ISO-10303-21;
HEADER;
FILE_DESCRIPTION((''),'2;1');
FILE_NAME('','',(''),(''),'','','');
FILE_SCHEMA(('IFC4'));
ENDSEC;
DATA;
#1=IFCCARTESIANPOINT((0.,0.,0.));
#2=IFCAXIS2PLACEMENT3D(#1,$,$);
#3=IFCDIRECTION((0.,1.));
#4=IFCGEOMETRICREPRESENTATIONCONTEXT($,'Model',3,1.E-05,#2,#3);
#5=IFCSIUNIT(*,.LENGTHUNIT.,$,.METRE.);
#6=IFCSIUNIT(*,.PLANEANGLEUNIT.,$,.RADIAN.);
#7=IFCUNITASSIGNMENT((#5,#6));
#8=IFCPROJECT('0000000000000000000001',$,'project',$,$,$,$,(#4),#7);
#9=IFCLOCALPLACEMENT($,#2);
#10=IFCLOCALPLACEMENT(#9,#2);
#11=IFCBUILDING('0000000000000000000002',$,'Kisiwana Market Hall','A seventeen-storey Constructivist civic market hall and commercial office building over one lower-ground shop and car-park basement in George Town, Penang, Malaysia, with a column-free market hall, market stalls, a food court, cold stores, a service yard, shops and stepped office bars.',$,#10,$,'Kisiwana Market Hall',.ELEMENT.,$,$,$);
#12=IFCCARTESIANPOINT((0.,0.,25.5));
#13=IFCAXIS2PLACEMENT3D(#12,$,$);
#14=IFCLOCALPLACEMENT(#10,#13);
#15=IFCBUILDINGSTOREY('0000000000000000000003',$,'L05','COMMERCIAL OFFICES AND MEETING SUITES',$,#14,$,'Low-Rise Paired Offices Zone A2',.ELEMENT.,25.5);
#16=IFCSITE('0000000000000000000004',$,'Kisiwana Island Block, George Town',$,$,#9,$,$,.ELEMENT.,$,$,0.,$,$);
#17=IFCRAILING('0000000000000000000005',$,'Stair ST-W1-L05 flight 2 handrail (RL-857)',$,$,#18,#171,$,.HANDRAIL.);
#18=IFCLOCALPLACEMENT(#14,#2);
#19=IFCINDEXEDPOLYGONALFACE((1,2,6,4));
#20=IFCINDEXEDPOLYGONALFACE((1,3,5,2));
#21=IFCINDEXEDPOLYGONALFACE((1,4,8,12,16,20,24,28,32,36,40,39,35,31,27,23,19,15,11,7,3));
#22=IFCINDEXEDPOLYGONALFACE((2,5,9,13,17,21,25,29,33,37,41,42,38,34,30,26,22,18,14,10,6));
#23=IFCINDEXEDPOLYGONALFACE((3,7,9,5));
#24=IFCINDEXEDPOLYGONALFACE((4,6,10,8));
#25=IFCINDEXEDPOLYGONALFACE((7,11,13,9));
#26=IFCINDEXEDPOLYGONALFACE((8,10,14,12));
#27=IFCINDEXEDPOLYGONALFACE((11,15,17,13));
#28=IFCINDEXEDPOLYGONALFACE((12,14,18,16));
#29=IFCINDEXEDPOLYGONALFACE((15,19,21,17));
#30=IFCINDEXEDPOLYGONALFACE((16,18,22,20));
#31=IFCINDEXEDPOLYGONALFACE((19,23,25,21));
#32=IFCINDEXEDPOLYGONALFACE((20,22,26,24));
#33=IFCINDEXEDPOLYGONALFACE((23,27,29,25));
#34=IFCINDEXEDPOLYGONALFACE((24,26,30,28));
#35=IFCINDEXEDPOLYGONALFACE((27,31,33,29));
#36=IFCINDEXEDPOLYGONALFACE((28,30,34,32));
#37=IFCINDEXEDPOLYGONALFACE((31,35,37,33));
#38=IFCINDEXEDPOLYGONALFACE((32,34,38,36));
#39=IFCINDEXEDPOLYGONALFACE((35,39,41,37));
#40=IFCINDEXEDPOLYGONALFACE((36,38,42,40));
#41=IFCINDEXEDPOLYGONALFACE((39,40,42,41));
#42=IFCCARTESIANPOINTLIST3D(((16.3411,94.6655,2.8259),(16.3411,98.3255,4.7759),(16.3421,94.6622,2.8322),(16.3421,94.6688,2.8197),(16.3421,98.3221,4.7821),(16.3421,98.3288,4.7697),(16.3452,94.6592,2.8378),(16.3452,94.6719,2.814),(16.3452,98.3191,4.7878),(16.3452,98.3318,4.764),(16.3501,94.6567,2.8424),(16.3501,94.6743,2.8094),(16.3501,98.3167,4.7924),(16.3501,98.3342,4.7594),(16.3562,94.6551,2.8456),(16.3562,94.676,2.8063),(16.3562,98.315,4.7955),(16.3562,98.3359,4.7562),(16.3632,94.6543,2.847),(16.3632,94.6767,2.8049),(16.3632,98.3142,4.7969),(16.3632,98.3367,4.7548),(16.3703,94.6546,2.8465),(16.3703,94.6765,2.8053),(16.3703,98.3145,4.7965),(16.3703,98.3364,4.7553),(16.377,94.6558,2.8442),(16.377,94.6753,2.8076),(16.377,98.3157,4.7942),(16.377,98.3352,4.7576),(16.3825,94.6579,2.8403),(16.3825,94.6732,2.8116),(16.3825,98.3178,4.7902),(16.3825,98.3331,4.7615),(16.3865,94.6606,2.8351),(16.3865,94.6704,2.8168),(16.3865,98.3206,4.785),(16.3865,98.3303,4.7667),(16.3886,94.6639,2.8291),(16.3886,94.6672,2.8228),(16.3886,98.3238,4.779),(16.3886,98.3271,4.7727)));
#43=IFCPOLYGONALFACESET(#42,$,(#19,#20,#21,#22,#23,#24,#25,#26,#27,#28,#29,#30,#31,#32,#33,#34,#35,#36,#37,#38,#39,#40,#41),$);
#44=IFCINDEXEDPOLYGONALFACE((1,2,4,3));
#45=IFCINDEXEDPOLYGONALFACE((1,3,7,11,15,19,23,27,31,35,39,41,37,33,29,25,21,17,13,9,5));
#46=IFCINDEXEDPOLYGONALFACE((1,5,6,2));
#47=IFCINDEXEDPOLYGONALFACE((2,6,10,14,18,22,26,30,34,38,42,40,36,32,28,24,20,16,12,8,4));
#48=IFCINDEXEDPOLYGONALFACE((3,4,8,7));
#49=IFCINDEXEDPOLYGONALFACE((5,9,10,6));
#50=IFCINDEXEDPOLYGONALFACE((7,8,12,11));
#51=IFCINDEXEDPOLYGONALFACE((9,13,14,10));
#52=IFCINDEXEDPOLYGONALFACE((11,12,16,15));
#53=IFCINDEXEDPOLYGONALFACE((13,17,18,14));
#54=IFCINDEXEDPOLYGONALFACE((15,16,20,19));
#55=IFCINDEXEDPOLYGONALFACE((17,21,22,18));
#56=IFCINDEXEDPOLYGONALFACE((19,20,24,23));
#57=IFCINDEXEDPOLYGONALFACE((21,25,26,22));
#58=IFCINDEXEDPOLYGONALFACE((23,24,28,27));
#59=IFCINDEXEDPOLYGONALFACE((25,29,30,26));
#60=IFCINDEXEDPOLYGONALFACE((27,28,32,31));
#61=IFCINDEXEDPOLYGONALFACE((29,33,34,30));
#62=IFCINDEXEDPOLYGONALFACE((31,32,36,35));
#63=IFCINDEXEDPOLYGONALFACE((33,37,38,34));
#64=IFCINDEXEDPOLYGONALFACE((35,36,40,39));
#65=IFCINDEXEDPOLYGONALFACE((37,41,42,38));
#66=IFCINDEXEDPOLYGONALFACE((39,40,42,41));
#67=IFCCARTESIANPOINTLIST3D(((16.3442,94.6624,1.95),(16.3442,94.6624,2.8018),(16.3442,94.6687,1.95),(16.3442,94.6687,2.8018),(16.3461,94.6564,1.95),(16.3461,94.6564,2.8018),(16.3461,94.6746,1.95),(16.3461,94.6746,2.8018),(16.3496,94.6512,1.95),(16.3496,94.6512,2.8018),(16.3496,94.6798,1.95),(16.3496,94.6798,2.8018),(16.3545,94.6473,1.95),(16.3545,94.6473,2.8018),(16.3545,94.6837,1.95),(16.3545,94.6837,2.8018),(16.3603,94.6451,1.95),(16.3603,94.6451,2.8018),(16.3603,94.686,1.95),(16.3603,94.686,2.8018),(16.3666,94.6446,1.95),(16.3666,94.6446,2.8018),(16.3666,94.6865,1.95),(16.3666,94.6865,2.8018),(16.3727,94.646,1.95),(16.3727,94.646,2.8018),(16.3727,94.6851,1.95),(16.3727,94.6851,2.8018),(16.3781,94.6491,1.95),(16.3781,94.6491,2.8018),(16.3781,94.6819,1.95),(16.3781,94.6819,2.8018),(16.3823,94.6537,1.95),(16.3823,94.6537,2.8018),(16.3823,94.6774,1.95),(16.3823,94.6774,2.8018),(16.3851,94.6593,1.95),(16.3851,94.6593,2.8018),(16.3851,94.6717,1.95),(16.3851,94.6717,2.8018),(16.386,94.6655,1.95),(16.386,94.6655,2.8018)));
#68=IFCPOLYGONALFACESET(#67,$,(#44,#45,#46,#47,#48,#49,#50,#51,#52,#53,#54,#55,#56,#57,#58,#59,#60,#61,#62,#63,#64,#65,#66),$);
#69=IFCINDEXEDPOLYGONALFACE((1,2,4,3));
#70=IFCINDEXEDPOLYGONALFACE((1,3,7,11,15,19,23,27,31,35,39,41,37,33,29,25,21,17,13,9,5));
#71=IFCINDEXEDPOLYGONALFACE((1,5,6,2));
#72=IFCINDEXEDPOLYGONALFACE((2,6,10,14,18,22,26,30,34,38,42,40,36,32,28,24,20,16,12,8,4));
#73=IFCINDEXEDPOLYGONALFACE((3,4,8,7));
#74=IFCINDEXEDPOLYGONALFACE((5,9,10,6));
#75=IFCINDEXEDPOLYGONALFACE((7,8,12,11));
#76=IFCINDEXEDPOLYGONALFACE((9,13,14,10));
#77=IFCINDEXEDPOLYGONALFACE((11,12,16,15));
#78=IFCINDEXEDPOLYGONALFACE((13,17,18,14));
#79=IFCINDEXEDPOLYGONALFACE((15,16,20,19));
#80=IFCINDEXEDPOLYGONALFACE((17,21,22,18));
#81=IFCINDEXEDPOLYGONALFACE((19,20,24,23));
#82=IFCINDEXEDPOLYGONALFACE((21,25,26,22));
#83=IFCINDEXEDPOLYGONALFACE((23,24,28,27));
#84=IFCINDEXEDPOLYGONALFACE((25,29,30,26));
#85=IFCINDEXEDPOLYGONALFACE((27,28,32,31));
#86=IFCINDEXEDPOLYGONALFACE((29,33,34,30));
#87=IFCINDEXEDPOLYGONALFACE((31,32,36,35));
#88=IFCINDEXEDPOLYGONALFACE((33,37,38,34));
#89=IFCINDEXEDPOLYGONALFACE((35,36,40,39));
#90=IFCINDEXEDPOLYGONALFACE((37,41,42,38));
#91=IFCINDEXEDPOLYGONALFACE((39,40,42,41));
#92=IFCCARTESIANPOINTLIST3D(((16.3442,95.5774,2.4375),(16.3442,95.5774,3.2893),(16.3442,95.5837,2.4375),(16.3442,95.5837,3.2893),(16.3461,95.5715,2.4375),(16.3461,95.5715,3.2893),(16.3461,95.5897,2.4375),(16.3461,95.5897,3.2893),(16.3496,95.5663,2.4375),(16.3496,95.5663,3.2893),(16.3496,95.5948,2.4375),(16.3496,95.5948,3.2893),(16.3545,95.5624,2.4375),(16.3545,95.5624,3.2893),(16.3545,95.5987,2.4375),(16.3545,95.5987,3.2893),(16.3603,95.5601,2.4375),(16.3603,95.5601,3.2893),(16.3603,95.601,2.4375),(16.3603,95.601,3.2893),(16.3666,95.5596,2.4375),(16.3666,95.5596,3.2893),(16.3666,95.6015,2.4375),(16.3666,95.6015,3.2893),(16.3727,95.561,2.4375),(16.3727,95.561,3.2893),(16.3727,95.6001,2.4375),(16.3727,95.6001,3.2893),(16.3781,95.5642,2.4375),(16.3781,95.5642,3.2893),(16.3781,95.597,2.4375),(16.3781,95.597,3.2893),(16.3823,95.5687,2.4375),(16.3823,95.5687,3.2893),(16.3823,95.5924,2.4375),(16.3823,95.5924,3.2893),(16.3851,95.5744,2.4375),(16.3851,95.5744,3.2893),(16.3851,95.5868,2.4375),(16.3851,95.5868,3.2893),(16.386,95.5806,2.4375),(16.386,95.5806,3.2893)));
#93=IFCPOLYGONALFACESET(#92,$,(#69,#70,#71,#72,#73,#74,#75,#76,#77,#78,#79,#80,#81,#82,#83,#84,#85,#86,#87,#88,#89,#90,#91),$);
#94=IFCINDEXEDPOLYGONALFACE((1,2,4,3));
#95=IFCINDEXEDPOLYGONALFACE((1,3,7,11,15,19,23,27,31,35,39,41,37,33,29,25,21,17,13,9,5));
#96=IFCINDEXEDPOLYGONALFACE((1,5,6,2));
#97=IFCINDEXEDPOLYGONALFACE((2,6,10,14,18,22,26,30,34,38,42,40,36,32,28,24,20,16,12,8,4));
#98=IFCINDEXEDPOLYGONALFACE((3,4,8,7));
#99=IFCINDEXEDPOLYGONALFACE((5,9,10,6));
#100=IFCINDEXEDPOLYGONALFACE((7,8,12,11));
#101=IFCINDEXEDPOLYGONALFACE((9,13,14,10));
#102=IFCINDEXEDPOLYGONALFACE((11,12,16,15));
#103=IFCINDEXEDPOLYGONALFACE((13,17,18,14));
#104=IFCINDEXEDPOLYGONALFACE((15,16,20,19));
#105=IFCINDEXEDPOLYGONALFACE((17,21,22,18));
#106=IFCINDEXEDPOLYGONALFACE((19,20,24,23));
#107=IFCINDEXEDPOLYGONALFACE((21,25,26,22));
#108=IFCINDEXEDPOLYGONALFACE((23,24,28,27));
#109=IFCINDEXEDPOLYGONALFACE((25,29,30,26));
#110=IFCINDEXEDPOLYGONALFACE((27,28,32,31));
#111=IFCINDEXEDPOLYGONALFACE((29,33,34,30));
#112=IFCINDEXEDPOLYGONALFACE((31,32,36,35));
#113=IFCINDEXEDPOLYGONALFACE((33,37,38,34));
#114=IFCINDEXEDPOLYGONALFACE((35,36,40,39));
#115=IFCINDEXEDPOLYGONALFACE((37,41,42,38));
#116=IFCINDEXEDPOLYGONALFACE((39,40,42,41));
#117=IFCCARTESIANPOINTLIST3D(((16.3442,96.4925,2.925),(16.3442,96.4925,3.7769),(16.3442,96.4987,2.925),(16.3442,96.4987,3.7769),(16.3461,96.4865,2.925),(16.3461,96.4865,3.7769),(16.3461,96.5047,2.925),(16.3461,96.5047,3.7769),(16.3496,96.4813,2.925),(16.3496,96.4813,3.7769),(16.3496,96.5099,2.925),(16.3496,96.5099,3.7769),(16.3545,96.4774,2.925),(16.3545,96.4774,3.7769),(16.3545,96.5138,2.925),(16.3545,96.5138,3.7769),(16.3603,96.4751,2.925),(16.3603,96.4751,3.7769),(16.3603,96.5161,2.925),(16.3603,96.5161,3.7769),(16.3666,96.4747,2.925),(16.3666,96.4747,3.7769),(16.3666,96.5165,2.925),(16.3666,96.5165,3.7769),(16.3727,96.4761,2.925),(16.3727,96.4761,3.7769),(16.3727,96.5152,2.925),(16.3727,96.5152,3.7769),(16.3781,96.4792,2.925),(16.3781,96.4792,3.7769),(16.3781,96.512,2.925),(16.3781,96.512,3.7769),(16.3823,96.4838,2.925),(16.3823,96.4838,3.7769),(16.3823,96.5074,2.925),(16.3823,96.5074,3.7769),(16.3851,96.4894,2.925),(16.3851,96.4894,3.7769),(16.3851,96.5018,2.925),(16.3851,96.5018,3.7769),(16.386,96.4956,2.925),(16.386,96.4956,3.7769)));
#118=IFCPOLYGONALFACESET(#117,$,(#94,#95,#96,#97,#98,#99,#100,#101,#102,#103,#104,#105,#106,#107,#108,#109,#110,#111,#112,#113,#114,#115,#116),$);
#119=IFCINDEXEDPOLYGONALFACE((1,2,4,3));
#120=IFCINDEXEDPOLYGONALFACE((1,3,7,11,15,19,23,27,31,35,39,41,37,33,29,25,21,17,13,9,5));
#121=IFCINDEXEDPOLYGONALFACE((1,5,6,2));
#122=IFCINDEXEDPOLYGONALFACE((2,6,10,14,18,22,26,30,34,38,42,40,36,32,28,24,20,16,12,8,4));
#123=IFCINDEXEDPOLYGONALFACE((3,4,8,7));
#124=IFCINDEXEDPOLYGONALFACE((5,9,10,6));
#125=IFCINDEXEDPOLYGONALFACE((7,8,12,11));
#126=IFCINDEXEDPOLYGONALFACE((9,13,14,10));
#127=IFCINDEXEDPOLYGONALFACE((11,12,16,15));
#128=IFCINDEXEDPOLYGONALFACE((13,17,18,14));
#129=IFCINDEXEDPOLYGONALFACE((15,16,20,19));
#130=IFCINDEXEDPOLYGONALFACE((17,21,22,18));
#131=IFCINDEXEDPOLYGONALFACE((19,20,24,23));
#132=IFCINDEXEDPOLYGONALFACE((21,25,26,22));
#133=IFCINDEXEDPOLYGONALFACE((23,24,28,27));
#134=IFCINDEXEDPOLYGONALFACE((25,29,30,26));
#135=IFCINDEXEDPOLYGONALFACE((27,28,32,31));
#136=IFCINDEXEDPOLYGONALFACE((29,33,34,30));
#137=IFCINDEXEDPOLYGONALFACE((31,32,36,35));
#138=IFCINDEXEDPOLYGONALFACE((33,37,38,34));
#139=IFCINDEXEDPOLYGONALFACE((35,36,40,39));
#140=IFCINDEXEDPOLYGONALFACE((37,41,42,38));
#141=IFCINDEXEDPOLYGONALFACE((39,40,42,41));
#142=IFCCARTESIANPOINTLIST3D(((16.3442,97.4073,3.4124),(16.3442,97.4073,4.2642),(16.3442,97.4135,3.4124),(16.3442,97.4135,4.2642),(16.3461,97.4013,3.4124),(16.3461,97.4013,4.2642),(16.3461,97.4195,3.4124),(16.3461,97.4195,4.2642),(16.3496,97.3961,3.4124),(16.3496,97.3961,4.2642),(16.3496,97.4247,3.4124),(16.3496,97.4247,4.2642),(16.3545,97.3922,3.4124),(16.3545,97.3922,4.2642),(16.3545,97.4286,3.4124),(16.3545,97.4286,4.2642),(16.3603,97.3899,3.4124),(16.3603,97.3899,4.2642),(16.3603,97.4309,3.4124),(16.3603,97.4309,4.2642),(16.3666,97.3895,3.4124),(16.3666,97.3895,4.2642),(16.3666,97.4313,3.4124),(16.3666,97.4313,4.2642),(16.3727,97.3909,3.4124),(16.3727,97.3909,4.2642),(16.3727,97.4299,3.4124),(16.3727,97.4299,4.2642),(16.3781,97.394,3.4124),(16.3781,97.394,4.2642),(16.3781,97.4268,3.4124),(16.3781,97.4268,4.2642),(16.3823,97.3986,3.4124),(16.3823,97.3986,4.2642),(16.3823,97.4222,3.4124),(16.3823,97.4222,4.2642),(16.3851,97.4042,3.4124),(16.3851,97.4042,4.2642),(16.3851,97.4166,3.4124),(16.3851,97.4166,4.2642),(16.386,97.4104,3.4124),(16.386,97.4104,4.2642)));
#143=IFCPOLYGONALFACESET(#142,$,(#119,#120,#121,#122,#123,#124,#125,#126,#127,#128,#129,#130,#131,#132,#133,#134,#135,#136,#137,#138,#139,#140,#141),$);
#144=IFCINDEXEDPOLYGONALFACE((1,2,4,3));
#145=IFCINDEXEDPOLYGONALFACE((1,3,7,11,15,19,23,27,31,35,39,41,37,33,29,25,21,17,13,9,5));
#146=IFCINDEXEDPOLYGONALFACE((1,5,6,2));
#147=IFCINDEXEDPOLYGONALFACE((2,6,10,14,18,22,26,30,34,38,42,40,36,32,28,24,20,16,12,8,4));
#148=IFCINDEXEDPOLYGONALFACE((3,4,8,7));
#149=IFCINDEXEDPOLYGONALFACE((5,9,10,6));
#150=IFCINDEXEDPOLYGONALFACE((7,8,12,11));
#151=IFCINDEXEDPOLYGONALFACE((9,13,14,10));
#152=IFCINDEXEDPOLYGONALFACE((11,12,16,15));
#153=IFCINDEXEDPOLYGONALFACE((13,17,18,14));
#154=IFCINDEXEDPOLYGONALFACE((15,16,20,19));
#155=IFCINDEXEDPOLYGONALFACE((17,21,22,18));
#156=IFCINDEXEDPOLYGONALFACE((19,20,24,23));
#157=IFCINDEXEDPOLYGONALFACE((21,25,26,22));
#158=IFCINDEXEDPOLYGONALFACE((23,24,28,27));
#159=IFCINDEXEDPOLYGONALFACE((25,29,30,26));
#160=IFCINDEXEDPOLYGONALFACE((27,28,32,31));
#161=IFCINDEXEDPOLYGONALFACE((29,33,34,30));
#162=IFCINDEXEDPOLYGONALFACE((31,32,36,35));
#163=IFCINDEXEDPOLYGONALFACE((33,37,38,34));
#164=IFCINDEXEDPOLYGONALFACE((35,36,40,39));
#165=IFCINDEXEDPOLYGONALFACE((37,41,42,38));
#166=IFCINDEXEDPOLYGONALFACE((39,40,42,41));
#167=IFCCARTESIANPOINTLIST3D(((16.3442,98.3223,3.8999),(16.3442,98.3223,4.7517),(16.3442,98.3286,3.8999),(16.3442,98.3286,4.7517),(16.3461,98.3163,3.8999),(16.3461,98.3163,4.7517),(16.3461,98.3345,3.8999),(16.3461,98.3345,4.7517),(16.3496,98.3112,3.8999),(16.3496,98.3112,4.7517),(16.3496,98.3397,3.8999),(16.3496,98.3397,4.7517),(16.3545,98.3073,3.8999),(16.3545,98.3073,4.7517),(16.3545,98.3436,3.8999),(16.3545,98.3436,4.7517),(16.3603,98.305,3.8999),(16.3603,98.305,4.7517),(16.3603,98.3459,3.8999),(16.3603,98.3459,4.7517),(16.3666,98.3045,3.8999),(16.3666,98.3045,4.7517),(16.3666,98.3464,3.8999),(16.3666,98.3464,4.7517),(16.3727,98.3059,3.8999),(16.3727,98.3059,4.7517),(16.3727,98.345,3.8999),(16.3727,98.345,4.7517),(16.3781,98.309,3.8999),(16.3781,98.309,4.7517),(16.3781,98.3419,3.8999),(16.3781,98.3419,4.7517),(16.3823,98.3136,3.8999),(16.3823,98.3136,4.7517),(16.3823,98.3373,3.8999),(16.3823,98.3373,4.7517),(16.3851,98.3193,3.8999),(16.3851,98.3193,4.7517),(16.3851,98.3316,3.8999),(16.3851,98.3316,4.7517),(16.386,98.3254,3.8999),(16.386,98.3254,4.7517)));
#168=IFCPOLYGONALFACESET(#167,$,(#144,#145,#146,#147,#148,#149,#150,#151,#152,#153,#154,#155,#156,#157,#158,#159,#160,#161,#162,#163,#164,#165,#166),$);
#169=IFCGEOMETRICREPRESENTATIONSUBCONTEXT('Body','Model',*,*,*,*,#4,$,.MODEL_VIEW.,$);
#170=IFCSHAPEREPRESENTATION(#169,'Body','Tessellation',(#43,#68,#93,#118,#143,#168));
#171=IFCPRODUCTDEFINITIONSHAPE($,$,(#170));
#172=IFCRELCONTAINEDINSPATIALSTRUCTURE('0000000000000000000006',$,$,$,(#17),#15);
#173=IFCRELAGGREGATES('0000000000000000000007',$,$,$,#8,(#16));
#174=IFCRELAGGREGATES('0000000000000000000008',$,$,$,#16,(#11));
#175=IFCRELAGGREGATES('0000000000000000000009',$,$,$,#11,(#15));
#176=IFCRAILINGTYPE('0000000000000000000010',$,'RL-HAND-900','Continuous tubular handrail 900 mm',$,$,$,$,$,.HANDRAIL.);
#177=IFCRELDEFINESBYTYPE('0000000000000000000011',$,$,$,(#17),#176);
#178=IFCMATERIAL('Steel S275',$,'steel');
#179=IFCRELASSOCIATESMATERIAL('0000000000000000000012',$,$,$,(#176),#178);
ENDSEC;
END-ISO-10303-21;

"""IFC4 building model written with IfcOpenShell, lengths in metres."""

from ifc_helpers import new_model, si_unit, direction, frame, origin, origin_2d, place, context, subcontext, project, spatial, circle, extrude, material, type_object, element, save


model = new_model("IFC4")

# Units and contexts
model_context = context("Model", 3, precision=1e-05, world=origin(), true_north=direction((0.0, 1.0)))
body_context = subcontext(model_context, "Body", "Model", "MODEL_VIEW")
ifc_project = project(units=[si_unit("LENGTHUNIT", "METRE"), si_unit("PLANEANGLEUNIT", "RADIAN")], contexts=[model_context])

# Site, building, storey
site_placement = place(None, origin())
site = spatial("IfcSite", under=ifc_project, at=site_placement, Name="Kisiwana Island Block, George Town", CompositionType="ELEMENT", RefElevation=0.0)
building_placement = place(site_placement, origin())
building = spatial("IfcBuilding", under=site, at=building_placement, Name="Kisiwana Market Hall", Description="A seventeen-storey Constructivist civic market hall and commercial office building over one lower-ground shop and car-park basement in George Town, Penang, Malaysia, with a column-free market hall, market stalls, a food court, cold stores, a service yard, shops and stepped office bars.", LongName="Kisiwana Market Hall", CompositionType="ELEMENT")
storey_placement = place(building_placement, frame((0.0, 0.0, 25.5)))
storey = spatial("IfcBuildingStorey", under=building, at=storey_placement, Name="L05", Description="COMMERCIAL OFFICES AND MEETING SUITES", LongName="Low-Rise Paired Offices Zone A2", CompositionType="ELEMENT", Elevation=25.5)

# Railing
ifc_material_1 = material(Name="Steel S275", Category="steel")
railing_type_1 = type_object("IfcRailingType", Name="RL-HAND-900", Description="Continuous tubular handrail 900 mm", PredefinedType="HANDRAIL", material=ifc_material_1)
railing_1_placement = place(storey_placement, frame((16.365, 94.6655, 1.95)))
element("IfcRailing", 1, at=railing_1_placement, inside=storey, type_object=railing_type_1, Name="Stair ST-W1-L05 flight 2 handrail (RL-857)", PredefinedType="HANDRAIL", context=body_context, shape_type="SweptSolid", body=[
    extrude(circle(Radius=0.0239, at=origin_2d()), frame((0.0, 0.0, 0.876), z_axis=(0.0, 0.882553, 0.470212), x_axis=(-1.0, 0.0, 0.0)), (0.0, 0.0, 1.0), 4.147),
    extrude(circle(Radius=0.021, at=origin_2d()), origin(), (0.0, 0.0, 1.0), 0.8518),
    extrude(circle(Radius=0.021, at=origin_2d()), frame((0.0, 0.915, 0.4875)), (0.0, 0.0, 1.0), 0.8518),
    extrude(circle(Radius=0.021, at=origin_2d()), frame((0.0, 1.8301, 0.9751)), (0.0, 0.0, 1.0), 0.8518),
    extrude(circle(Radius=0.021, at=origin_2d()), frame((0.0, 2.7449, 1.4624)), (0.0, 0.0, 1.0), 0.8518),
    extrude(circle(Radius=0.021, at=origin_2d()), frame((0.0, 3.6599, 1.95)), (0.0, 0.0, 1.0), 0.8518),
])

save(model, "model.ifc")
